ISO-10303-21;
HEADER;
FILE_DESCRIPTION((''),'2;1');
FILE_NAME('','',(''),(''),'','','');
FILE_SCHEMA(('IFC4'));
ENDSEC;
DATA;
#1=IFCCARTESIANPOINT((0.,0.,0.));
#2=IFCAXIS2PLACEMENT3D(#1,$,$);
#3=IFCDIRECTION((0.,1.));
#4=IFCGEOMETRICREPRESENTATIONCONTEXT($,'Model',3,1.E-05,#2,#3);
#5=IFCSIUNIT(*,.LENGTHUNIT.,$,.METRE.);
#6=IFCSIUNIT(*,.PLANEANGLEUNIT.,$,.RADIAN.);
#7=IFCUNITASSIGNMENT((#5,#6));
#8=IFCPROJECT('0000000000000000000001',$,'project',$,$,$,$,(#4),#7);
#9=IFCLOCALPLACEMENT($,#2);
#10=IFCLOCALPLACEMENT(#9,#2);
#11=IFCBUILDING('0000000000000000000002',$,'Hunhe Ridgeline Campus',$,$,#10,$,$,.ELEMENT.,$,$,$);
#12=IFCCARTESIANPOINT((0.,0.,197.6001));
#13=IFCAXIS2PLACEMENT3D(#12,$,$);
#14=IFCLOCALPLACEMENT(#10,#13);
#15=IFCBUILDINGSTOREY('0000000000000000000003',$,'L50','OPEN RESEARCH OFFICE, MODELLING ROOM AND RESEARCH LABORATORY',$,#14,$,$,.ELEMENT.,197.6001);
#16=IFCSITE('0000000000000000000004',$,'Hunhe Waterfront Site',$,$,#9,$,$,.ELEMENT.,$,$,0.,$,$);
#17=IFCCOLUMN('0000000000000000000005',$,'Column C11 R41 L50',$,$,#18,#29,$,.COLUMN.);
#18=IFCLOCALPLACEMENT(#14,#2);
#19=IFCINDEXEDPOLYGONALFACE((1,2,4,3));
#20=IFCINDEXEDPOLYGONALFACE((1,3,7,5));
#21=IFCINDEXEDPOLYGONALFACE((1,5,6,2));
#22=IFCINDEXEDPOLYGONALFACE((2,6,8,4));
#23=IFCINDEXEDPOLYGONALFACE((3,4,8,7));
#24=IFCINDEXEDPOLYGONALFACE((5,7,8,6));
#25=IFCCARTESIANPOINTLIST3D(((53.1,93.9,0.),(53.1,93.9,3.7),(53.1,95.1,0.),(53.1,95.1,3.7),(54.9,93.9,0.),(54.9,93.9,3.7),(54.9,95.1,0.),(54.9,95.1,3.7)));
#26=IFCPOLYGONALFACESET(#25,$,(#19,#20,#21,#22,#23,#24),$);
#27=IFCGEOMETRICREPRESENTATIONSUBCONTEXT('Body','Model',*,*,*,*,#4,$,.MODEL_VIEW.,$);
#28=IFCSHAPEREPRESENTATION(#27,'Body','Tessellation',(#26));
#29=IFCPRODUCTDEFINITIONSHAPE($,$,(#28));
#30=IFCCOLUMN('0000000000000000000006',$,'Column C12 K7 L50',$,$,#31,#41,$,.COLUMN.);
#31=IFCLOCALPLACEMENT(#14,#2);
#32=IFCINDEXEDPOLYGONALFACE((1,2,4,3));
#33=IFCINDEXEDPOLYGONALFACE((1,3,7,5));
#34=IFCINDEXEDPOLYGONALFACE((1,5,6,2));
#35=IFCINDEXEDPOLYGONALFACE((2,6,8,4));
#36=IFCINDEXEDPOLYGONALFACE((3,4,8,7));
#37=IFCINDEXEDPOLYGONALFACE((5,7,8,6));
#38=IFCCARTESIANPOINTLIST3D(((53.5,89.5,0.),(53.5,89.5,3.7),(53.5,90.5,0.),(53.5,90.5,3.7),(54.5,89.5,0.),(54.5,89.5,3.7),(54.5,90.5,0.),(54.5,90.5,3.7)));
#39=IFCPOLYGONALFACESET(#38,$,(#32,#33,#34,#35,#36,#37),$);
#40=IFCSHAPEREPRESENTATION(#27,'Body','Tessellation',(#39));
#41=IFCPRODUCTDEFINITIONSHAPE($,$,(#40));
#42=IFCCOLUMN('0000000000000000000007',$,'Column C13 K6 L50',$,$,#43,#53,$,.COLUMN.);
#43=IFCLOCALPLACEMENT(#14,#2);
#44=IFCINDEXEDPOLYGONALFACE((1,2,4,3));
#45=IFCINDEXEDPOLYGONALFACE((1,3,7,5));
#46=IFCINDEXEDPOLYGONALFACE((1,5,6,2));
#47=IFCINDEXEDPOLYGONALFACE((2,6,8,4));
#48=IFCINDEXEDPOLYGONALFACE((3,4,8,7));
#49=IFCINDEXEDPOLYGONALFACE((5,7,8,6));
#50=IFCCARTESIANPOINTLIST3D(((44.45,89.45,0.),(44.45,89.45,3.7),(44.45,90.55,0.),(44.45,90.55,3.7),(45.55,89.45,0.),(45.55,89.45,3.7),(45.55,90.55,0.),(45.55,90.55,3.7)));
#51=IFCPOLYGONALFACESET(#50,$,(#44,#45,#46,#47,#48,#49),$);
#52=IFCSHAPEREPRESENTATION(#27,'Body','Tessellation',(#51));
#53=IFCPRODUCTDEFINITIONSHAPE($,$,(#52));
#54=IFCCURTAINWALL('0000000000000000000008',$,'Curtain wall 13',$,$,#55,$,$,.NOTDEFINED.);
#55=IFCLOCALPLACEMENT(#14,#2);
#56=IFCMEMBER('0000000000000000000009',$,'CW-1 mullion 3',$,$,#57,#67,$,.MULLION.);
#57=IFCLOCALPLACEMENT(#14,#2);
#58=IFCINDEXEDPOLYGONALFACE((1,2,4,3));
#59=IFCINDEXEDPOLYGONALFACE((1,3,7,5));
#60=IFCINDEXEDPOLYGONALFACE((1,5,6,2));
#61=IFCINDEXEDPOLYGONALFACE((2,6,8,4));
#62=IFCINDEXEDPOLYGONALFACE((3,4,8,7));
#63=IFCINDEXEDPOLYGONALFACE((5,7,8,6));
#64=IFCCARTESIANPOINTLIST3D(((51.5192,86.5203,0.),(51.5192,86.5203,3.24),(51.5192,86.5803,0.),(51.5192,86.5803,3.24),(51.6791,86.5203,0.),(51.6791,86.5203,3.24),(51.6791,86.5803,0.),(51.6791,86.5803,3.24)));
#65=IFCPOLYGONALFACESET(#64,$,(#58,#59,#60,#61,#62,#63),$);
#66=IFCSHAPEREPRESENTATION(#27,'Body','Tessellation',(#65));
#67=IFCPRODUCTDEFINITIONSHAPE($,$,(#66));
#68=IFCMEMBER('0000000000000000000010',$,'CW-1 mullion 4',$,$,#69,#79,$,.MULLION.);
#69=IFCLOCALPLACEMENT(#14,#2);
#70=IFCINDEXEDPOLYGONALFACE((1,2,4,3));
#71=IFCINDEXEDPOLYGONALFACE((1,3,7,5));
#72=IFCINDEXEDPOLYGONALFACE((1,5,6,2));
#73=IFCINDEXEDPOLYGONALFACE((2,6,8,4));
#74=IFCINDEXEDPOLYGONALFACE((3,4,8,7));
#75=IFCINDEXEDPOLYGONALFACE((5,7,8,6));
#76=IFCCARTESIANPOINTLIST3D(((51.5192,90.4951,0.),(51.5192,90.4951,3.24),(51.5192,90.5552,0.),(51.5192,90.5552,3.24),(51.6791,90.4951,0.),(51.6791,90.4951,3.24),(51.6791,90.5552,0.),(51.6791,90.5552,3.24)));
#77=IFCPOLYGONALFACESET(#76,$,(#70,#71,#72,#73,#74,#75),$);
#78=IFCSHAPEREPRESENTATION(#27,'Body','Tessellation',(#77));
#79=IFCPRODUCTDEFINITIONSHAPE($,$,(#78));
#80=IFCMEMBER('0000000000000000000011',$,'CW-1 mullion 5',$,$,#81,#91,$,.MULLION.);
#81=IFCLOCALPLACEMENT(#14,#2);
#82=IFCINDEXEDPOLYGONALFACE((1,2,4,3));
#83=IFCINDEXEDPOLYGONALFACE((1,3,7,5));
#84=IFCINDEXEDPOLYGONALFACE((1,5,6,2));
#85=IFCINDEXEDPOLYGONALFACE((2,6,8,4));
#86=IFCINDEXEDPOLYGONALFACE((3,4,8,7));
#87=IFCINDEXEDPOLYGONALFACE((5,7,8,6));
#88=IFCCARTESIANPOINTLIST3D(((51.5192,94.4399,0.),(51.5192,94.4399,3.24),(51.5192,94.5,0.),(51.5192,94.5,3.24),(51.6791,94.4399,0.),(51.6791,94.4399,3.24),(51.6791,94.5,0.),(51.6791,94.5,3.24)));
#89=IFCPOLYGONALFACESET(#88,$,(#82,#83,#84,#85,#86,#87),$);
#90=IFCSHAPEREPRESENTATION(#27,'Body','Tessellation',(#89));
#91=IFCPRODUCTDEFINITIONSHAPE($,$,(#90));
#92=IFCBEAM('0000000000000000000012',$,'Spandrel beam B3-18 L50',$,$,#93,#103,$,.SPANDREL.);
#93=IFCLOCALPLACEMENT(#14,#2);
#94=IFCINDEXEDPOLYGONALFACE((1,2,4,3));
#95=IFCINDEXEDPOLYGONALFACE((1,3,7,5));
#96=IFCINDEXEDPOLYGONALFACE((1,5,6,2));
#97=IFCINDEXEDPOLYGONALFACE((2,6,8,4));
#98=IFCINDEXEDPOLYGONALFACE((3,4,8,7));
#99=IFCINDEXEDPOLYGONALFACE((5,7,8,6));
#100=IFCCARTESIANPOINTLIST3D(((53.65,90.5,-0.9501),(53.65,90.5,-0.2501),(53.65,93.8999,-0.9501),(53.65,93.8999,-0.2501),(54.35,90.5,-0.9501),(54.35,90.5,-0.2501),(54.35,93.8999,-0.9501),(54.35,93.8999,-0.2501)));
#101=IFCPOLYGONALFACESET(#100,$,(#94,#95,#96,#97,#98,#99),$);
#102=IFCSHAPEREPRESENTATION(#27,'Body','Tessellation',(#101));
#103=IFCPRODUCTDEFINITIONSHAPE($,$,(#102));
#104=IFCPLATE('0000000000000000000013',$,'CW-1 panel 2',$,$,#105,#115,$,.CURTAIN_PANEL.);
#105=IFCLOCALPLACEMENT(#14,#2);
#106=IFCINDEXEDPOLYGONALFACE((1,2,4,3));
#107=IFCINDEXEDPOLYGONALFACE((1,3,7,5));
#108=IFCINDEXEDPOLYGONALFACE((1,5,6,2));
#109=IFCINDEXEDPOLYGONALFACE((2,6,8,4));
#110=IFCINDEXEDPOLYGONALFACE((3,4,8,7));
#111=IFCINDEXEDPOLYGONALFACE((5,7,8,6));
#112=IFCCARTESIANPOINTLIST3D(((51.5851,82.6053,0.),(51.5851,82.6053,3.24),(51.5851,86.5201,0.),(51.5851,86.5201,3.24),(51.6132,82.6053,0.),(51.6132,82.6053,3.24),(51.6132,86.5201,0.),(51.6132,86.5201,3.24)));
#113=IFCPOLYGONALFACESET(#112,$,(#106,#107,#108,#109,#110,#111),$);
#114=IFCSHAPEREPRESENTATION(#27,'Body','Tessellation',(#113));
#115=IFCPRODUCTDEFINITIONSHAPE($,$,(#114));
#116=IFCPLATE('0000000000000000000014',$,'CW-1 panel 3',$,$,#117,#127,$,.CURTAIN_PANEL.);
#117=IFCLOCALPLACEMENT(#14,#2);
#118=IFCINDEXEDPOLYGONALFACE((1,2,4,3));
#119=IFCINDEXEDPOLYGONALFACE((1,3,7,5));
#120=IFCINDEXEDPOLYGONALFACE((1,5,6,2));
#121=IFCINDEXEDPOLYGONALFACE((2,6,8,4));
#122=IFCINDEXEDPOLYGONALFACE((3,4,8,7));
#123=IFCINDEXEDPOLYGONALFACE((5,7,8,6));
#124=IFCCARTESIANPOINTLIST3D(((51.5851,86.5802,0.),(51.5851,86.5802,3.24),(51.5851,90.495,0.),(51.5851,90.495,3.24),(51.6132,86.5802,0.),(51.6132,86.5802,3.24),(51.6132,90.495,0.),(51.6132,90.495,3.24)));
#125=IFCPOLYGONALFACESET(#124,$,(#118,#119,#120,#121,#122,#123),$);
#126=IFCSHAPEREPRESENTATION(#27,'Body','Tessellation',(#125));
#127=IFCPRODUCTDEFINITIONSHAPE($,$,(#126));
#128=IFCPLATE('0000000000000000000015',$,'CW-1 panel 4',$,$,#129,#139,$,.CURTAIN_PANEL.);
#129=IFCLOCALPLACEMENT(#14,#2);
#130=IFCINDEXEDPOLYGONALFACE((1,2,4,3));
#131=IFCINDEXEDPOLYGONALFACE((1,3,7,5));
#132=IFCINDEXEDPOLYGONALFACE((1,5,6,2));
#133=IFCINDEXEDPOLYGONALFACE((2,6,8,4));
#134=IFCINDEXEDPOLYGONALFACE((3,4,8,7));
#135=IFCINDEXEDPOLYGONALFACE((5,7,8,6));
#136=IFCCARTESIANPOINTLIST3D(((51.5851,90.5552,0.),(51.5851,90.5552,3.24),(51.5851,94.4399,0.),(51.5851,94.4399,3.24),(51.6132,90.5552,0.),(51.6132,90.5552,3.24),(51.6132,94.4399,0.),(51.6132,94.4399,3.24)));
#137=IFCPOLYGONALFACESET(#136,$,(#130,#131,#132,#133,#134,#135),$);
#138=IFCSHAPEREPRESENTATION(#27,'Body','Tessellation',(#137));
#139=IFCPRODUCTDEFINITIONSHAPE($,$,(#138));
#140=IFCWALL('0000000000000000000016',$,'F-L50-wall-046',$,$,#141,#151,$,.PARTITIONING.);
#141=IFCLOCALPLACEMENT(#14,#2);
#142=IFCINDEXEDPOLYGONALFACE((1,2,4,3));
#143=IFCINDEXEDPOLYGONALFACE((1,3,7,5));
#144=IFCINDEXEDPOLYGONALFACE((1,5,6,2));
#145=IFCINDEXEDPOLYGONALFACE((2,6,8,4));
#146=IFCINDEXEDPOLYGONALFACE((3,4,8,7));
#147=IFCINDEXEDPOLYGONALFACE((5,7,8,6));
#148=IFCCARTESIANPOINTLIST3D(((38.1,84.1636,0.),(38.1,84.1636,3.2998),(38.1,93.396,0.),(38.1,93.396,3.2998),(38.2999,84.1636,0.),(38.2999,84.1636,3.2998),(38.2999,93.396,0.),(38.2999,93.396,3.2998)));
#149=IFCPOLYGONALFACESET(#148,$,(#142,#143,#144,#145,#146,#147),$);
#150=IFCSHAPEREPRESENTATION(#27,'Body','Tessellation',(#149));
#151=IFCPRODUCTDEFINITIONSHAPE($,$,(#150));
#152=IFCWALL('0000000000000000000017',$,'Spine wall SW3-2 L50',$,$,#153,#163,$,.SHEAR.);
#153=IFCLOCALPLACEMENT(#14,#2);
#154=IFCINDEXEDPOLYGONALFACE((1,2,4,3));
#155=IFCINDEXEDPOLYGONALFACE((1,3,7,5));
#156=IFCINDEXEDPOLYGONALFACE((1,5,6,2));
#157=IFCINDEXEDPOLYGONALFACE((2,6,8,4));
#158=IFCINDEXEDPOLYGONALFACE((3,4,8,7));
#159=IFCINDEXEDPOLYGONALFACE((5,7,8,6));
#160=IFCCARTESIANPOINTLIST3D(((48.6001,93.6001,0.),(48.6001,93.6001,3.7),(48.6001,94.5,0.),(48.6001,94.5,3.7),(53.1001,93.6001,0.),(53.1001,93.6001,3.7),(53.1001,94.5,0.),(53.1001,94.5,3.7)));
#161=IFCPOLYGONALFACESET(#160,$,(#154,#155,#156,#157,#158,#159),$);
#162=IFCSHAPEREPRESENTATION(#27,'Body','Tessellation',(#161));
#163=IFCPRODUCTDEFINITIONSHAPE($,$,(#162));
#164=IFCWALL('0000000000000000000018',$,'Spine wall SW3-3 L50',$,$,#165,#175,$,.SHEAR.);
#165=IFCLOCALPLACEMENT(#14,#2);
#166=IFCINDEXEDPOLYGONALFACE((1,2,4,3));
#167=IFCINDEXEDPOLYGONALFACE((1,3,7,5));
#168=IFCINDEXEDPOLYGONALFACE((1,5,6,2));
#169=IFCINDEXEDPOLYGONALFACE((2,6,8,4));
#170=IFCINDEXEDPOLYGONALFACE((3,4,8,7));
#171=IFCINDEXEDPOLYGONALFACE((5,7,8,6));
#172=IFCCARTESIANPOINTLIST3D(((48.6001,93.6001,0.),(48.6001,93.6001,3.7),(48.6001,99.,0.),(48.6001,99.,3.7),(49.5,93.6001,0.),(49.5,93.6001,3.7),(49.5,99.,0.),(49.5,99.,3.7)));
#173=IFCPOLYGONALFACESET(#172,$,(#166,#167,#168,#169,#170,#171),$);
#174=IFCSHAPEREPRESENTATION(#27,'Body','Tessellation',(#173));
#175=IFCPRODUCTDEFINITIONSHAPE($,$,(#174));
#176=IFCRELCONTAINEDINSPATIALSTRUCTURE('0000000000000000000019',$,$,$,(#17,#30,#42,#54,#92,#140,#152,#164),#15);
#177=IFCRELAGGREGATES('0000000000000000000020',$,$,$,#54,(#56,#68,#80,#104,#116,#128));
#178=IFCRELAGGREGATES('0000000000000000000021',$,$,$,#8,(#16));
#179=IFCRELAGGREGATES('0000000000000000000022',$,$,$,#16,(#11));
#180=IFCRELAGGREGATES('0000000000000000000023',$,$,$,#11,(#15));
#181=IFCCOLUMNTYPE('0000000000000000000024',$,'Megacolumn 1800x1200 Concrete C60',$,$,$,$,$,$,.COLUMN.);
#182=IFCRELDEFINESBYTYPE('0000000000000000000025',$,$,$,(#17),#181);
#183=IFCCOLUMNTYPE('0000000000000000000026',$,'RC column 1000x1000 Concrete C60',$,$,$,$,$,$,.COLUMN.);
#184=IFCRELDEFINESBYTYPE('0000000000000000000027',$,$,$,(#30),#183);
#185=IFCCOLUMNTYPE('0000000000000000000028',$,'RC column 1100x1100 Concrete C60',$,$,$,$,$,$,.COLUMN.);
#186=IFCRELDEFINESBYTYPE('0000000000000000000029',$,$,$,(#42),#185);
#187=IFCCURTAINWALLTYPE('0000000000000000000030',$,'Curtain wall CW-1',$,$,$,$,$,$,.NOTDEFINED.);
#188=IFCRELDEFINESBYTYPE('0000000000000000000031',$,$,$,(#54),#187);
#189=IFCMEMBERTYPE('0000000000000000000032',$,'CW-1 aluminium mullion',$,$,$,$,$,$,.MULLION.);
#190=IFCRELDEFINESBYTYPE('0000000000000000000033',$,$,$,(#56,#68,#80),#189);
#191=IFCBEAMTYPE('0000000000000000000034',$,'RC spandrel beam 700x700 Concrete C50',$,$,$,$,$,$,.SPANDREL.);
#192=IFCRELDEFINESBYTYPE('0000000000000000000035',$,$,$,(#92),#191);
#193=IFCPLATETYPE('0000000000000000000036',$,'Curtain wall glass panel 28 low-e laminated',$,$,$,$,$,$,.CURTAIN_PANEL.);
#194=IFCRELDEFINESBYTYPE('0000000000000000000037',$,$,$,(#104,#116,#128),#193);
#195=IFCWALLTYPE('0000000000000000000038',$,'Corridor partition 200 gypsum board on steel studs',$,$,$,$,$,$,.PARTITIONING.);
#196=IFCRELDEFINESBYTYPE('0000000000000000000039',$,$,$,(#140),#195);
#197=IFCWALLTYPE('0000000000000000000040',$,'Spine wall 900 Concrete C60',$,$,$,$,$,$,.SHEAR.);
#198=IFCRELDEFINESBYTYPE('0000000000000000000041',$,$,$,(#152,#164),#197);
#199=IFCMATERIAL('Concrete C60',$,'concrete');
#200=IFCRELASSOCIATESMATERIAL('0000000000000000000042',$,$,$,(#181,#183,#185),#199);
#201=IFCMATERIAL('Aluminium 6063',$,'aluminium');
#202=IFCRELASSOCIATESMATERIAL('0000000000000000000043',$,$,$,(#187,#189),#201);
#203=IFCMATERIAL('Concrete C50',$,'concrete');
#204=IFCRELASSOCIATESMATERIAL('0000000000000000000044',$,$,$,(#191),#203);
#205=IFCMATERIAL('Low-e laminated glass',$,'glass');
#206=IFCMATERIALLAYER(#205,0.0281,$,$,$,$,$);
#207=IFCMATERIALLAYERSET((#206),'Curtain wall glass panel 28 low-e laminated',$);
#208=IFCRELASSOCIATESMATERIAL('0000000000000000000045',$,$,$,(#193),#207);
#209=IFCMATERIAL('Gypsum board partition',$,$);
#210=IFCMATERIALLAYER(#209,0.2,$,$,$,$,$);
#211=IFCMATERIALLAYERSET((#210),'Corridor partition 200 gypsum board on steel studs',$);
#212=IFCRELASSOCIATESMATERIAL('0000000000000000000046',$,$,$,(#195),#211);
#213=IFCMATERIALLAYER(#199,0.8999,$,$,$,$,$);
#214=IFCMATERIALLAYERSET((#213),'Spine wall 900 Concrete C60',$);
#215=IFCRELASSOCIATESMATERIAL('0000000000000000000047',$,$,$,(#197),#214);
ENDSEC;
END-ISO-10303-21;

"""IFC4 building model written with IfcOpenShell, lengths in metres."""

from ifc_helpers import new_model, si_unit, direction, frame, frame_2d, origin, origin_2d, place, context, subcontext, project, spatial, rectangle, extrude, material, layer, layer_set, material_profile, profile_set, type_object, element, aggregate, save


model = new_model("IFC4")

# Units and contexts
model_context = context("Model", 3, precision=1e-05, world=origin(), true_north=direction((0.0, 1.0)))
body_context = subcontext(model_context, "Body", "Model", "MODEL_VIEW")
ifc_project = project(units=[si_unit("LENGTHUNIT", "METRE"), si_unit("PLANEANGLEUNIT", "RADIAN")], contexts=[model_context])

# Site, building, storey
site_placement = place(None, origin())
site = spatial("IfcSite", under=ifc_project, at=site_placement, Name="Hunhe Waterfront Site", CompositionType="ELEMENT", RefElevation=0.0)
building_placement = place(site_placement, origin())
building = spatial("IfcBuilding", under=site, at=building_placement, Name="Hunhe Ridgeline Campus", CompositionType="ELEMENT")
storey_placement = place(building_placement, frame((0.0, 0.0, 197.6001)))
storey = spatial("IfcBuildingStorey", under=building, at=storey_placement, Name="L50", Description="OPEN RESEARCH OFFICE, MODELLING ROOM AND RESEARCH LABORATORY", CompositionType="ELEMENT", Elevation=197.6001)

# Columns
ifc_material_1 = material(Name="Concrete C60", Category="concrete")
ifc_material_profile_1 = material_profile(ifc_material_1, rectangle(XDim=1.8, YDim=1.2, at=origin_2d()))
ifc_profile_set_1 = profile_set([ifc_material_profile_1], Name="Concrete C60")
column_type_1 = type_object("IfcColumnType", Name="Megacolumn 1800x1200 Concrete C60", PredefinedType="COLUMN", material=ifc_profile_set_1)
column_1_placement = place(storey_placement, frame((54.0, 94.5, 0.0), z_axis=(0.0, 0.0, 1.0), x_axis=(1.0, 0.0, 0.0)))
element("IfcColumn", 1, at=column_1_placement, inside=storey, type_object=column_type_1, Name="Column C11 R41 L50", PredefinedType="COLUMN", context=body_context, shape_type="SweptSolid", body=[
    extrude(rectangle(XDim=1.8, YDim=1.2, at=origin_2d()), origin(), (0.0, 0.0, 1.0), 3.7),
])
ifc_material_profile_2 = material_profile(ifc_material_1, rectangle(XDim=1.0, YDim=1.0, at=origin_2d()))
ifc_profile_set_2 = profile_set([ifc_material_profile_2], Name="Concrete C60")
column_type_2 = type_object("IfcColumnType", Name="RC column 1000x1000 Concrete C60", PredefinedType="COLUMN", material=ifc_profile_set_2)
column_2_placement = place(storey_placement, frame((54.0, 90.0, 0.0), z_axis=(0.0, 0.0, 1.0), x_axis=(1.0, 0.0, 0.0)))
element("IfcColumn", 2, at=column_2_placement, inside=storey, type_object=column_type_2, Name="Column C12 K7 L50", PredefinedType="COLUMN", context=body_context, shape_type="SweptSolid", body=[
    extrude(rectangle(XDim=1.0, YDim=1.0, at=origin_2d()), origin(), (0.0, 0.0, 1.0), 3.7),
])
ifc_material_profile_3 = material_profile(ifc_material_1, rectangle(XDim=1.1001, YDim=1.1001, at=origin_2d()))
ifc_profile_set_3 = profile_set([ifc_material_profile_3], Name="Concrete C60")
column_type_3 = type_object("IfcColumnType", Name="RC column 1100x1100 Concrete C60", PredefinedType="COLUMN", material=ifc_profile_set_3)
column_3_placement = place(storey_placement, frame((45.0, 90.0, 0.0), z_axis=(0.0, 0.0, 1.0), x_axis=(1.0, 0.0, 0.0)))
element("IfcColumn", 3, at=column_3_placement, inside=storey, type_object=column_type_3, Name="Column C13 K6 L50", PredefinedType="COLUMN", context=body_context, shape_type="SweptSolid", body=[
    extrude(rectangle(XDim=1.1001, YDim=1.1001, at=origin_2d()), origin(), (0.0, 0.0, 1.0), 3.7),
])

# Curtain wall, members
ifc_material_2 = material(Name="Aluminium 6063", Category="aluminium")
curtain_wall_type = type_object("IfcCurtainWallType", Name="Curtain wall CW-1", PredefinedType="NOTDEFINED", material=ifc_material_2)
curtain_wall_placement = place(storey_placement, origin())
curtain_wall = element("IfcCurtainWall", 4, at=curtain_wall_placement, inside=storey, type_object=curtain_wall_type, Name="Curtain wall 13", PredefinedType="NOTDEFINED")
ifc_material_profile_4 = material_profile(ifc_material_2, rectangle(XDim=0.1599, YDim=0.0601, at=origin_2d()))
ifc_profile_set_4 = profile_set([ifc_material_profile_4], Name="Aluminium 6063")
member_type = type_object("IfcMemberType", Name="CW-1 aluminium mullion", PredefinedType="MULLION", material=ifc_profile_set_4)
member_1_placement = place(storey_placement, frame((51.5991, 86.5503, 0.0), z_axis=(0.0, 0.0, 1.0), x_axis=(-1.0, 0.0, 0.0)))
member_1 = element("IfcMember", 5, at=member_1_placement, type_object=member_type, Name="CW-1 mullion 3", PredefinedType="MULLION", context=body_context, shape_type="SweptSolid", body=[
    extrude(rectangle(XDim=0.1599, YDim=0.0601, at=origin_2d()), origin(), (0.0, 0.0, 1.0), 3.24),
])
member_2_placement = place(storey_placement, frame((51.5991, 90.5251, 0.0), z_axis=(0.0, 0.0, 1.0), x_axis=(-1.0, 0.0, 0.0)))
member_2 = element("IfcMember", 6, at=member_2_placement, type_object=member_type, Name="CW-1 mullion 4", PredefinedType="MULLION", context=body_context, shape_type="SweptSolid", body=[
    extrude(rectangle(XDim=0.1599, YDim=0.0601, at=origin_2d()), origin(), (0.0, 0.0, 1.0), 3.24),
])
member_3_placement = place(storey_placement, frame((51.5991, 94.47, 0.0), z_axis=(0.0, 0.0, 1.0), x_axis=(-1.0, 0.0, 0.0)))
member_3 = element("IfcMember", 7, at=member_3_placement, type_object=member_type, Name="CW-1 mullion 5", PredefinedType="MULLION", context=body_context, shape_type="SweptSolid", body=[
    extrude(rectangle(XDim=0.1599, YDim=0.0601, at=origin_2d()), origin(), (0.0, 0.0, 1.0), 3.24),
])

# Beam
ifc_material_3 = material(Name="Concrete C50", Category="concrete")
ifc_material_profile_5 = material_profile(ifc_material_3, rectangle(XDim=0.7, YDim=0.7, at=origin_2d()))
ifc_profile_set_5 = profile_set([ifc_material_profile_5], Name="Concrete C50")
beam_type = type_object("IfcBeamType", Name="RC spandrel beam 700x700 Concrete C50", PredefinedType="SPANDREL", material=ifc_profile_set_5)
beam_placement = place(storey_placement, frame((54.0, 90.5, -0.6001), z_axis=(0.0, 1.0, 0.0), x_axis=(-1.0, 0.0, 0.0)))
element("IfcBeam", 8, at=beam_placement, inside=storey, type_object=beam_type, Name="Spandrel beam B3-18 L50", PredefinedType="SPANDREL", context=body_context, shape_type="SweptSolid", body=[
    extrude(rectangle(XDim=0.7, YDim=0.7, at=origin_2d()), origin(), (0.0, 0.0, 1.0), 3.3999),
])

# Plates
ifc_material_4 = material(Name="Low-e laminated glass", Category="glass")
ifc_layer_1 = layer(ifc_material_4, 0.0281)
ifc_layer_set_1 = layer_set([ifc_layer_1], Name="Curtain wall glass panel 28 low-e laminated")
plate_type = type_object("IfcPlateType", Name="Curtain wall glass panel 28 low-e laminated", PredefinedType="CURTAIN_PANEL", material=ifc_layer_set_1)
plate_1_placement = place(storey_placement, frame((51.5991, 84.5627, 0.0), z_axis=(0.0, 0.0, 1.0), x_axis=(0.0, 1.0, 0.0)))
plate_1 = element("IfcPlate", 9, at=plate_1_placement, type_object=plate_type, Name="CW-1 panel 2", PredefinedType="CURTAIN_PANEL", context=body_context, shape_type="SweptSolid", body=[
    extrude(rectangle(XDim=3.9148, YDim=0.0281, at=origin_2d()), origin(), (0.0, 0.0, 1.0), 3.24),
])
plate_2_placement = place(storey_placement, frame((51.5991, 88.5376, 0.0), z_axis=(0.0, 0.0, 1.0), x_axis=(0.0, 1.0, 0.0)))
plate_2 = element("IfcPlate", 10, at=plate_2_placement, type_object=plate_type, Name="CW-1 panel 3", PredefinedType="CURTAIN_PANEL", context=body_context, shape_type="SweptSolid", body=[
    extrude(rectangle(XDim=3.9148, YDim=0.0281, at=origin_2d()), origin(), (0.0, 0.0, 1.0), 3.24),
])
plate_3_placement = place(storey_placement, frame((51.5991, 92.4976, 0.0), z_axis=(0.0, 0.0, 1.0), x_axis=(0.0, 1.0, 0.0)))
plate_3 = element("IfcPlate", 11, at=plate_3_placement, type_object=plate_type, Name="CW-1 panel 4", PredefinedType="CURTAIN_PANEL", context=body_context, shape_type="SweptSolid", body=[
    extrude(rectangle(XDim=3.8848, YDim=0.0281, at=origin_2d()), origin(), (0.0, 0.0, 1.0), 3.24),
])
aggregate(curtain_wall, [member_1, member_2, member_3, plate_1, plate_2, plate_3])

# Shared definitions
ifc_material_5 = material(Name="Gypsum board partition")
ifc_layer_2 = layer(ifc_material_5, 0.2)
ifc_layer_set_2 = layer_set([ifc_layer_2], Name="Corridor partition 200 gypsum board on steel studs")
wall_type_1 = type_object("IfcWallType", Name="Corridor partition 200 gypsum board on steel studs", PredefinedType="PARTITIONING", material=ifc_layer_set_2)

# Walls
wall_1_placement = place(storey_placement, frame((38.2, 93.396, 0.0), z_axis=(0.0, 0.0, 1.0), x_axis=(0.0, -1.0, 0.0)))
element("IfcWall", 12, at=wall_1_placement, inside=storey, type_object=wall_type_1, Name="F-L50-wall-046", PredefinedType="PARTITIONING", context=body_context, shape_type="SweptSolid", body=[
    extrude(rectangle(XDim=9.2324, YDim=0.2, at=frame_2d((4.6162, 0.0))), origin(), (0.0, 0.0, 1.0), 3.2998),
])
ifc_layer_3 = layer(ifc_material_1, 0.8999)
ifc_layer_set_3 = layer_set([ifc_layer_3], Name="Spine wall 900 Concrete C60")
wall_type_2 = type_object("IfcWallType", Name="Spine wall 900 Concrete C60", PredefinedType="SHEAR", material=ifc_layer_set_3)
wall_2_placement = place(storey_placement, frame((53.1001, 94.05, 0.0), z_axis=(0.0, 0.0, 1.0), x_axis=(-1.0, 0.0, 0.0)))
element("IfcWall", 13, at=wall_2_placement, inside=storey, type_object=wall_type_2, Name="Spine wall SW3-2 L50", PredefinedType="SHEAR", context=body_context, shape_type="SweptSolid", body=[
    extrude(rectangle(XDim=4.5, YDim=0.8999, at=frame_2d((2.25, 0.0))), origin(), (0.0, 0.0, 1.0), 3.7),
])
wall_3_placement = place(storey_placement, frame((49.05, 93.6001, 0.0), z_axis=(0.0, 0.0, 1.0), x_axis=(0.0, 1.0, 0.0)))
element("IfcWall", 14, at=wall_3_placement, inside=storey, type_object=wall_type_2, Name="Spine wall SW3-3 L50", PredefinedType="SHEAR", context=body_context, shape_type="SweptSolid", body=[
    extrude(rectangle(XDim=5.3999, YDim=0.8999, at=frame_2d((2.7, 0.0))), origin(), (0.0, 0.0, 1.0), 3.7),
])

save(model, "model.ifc")
